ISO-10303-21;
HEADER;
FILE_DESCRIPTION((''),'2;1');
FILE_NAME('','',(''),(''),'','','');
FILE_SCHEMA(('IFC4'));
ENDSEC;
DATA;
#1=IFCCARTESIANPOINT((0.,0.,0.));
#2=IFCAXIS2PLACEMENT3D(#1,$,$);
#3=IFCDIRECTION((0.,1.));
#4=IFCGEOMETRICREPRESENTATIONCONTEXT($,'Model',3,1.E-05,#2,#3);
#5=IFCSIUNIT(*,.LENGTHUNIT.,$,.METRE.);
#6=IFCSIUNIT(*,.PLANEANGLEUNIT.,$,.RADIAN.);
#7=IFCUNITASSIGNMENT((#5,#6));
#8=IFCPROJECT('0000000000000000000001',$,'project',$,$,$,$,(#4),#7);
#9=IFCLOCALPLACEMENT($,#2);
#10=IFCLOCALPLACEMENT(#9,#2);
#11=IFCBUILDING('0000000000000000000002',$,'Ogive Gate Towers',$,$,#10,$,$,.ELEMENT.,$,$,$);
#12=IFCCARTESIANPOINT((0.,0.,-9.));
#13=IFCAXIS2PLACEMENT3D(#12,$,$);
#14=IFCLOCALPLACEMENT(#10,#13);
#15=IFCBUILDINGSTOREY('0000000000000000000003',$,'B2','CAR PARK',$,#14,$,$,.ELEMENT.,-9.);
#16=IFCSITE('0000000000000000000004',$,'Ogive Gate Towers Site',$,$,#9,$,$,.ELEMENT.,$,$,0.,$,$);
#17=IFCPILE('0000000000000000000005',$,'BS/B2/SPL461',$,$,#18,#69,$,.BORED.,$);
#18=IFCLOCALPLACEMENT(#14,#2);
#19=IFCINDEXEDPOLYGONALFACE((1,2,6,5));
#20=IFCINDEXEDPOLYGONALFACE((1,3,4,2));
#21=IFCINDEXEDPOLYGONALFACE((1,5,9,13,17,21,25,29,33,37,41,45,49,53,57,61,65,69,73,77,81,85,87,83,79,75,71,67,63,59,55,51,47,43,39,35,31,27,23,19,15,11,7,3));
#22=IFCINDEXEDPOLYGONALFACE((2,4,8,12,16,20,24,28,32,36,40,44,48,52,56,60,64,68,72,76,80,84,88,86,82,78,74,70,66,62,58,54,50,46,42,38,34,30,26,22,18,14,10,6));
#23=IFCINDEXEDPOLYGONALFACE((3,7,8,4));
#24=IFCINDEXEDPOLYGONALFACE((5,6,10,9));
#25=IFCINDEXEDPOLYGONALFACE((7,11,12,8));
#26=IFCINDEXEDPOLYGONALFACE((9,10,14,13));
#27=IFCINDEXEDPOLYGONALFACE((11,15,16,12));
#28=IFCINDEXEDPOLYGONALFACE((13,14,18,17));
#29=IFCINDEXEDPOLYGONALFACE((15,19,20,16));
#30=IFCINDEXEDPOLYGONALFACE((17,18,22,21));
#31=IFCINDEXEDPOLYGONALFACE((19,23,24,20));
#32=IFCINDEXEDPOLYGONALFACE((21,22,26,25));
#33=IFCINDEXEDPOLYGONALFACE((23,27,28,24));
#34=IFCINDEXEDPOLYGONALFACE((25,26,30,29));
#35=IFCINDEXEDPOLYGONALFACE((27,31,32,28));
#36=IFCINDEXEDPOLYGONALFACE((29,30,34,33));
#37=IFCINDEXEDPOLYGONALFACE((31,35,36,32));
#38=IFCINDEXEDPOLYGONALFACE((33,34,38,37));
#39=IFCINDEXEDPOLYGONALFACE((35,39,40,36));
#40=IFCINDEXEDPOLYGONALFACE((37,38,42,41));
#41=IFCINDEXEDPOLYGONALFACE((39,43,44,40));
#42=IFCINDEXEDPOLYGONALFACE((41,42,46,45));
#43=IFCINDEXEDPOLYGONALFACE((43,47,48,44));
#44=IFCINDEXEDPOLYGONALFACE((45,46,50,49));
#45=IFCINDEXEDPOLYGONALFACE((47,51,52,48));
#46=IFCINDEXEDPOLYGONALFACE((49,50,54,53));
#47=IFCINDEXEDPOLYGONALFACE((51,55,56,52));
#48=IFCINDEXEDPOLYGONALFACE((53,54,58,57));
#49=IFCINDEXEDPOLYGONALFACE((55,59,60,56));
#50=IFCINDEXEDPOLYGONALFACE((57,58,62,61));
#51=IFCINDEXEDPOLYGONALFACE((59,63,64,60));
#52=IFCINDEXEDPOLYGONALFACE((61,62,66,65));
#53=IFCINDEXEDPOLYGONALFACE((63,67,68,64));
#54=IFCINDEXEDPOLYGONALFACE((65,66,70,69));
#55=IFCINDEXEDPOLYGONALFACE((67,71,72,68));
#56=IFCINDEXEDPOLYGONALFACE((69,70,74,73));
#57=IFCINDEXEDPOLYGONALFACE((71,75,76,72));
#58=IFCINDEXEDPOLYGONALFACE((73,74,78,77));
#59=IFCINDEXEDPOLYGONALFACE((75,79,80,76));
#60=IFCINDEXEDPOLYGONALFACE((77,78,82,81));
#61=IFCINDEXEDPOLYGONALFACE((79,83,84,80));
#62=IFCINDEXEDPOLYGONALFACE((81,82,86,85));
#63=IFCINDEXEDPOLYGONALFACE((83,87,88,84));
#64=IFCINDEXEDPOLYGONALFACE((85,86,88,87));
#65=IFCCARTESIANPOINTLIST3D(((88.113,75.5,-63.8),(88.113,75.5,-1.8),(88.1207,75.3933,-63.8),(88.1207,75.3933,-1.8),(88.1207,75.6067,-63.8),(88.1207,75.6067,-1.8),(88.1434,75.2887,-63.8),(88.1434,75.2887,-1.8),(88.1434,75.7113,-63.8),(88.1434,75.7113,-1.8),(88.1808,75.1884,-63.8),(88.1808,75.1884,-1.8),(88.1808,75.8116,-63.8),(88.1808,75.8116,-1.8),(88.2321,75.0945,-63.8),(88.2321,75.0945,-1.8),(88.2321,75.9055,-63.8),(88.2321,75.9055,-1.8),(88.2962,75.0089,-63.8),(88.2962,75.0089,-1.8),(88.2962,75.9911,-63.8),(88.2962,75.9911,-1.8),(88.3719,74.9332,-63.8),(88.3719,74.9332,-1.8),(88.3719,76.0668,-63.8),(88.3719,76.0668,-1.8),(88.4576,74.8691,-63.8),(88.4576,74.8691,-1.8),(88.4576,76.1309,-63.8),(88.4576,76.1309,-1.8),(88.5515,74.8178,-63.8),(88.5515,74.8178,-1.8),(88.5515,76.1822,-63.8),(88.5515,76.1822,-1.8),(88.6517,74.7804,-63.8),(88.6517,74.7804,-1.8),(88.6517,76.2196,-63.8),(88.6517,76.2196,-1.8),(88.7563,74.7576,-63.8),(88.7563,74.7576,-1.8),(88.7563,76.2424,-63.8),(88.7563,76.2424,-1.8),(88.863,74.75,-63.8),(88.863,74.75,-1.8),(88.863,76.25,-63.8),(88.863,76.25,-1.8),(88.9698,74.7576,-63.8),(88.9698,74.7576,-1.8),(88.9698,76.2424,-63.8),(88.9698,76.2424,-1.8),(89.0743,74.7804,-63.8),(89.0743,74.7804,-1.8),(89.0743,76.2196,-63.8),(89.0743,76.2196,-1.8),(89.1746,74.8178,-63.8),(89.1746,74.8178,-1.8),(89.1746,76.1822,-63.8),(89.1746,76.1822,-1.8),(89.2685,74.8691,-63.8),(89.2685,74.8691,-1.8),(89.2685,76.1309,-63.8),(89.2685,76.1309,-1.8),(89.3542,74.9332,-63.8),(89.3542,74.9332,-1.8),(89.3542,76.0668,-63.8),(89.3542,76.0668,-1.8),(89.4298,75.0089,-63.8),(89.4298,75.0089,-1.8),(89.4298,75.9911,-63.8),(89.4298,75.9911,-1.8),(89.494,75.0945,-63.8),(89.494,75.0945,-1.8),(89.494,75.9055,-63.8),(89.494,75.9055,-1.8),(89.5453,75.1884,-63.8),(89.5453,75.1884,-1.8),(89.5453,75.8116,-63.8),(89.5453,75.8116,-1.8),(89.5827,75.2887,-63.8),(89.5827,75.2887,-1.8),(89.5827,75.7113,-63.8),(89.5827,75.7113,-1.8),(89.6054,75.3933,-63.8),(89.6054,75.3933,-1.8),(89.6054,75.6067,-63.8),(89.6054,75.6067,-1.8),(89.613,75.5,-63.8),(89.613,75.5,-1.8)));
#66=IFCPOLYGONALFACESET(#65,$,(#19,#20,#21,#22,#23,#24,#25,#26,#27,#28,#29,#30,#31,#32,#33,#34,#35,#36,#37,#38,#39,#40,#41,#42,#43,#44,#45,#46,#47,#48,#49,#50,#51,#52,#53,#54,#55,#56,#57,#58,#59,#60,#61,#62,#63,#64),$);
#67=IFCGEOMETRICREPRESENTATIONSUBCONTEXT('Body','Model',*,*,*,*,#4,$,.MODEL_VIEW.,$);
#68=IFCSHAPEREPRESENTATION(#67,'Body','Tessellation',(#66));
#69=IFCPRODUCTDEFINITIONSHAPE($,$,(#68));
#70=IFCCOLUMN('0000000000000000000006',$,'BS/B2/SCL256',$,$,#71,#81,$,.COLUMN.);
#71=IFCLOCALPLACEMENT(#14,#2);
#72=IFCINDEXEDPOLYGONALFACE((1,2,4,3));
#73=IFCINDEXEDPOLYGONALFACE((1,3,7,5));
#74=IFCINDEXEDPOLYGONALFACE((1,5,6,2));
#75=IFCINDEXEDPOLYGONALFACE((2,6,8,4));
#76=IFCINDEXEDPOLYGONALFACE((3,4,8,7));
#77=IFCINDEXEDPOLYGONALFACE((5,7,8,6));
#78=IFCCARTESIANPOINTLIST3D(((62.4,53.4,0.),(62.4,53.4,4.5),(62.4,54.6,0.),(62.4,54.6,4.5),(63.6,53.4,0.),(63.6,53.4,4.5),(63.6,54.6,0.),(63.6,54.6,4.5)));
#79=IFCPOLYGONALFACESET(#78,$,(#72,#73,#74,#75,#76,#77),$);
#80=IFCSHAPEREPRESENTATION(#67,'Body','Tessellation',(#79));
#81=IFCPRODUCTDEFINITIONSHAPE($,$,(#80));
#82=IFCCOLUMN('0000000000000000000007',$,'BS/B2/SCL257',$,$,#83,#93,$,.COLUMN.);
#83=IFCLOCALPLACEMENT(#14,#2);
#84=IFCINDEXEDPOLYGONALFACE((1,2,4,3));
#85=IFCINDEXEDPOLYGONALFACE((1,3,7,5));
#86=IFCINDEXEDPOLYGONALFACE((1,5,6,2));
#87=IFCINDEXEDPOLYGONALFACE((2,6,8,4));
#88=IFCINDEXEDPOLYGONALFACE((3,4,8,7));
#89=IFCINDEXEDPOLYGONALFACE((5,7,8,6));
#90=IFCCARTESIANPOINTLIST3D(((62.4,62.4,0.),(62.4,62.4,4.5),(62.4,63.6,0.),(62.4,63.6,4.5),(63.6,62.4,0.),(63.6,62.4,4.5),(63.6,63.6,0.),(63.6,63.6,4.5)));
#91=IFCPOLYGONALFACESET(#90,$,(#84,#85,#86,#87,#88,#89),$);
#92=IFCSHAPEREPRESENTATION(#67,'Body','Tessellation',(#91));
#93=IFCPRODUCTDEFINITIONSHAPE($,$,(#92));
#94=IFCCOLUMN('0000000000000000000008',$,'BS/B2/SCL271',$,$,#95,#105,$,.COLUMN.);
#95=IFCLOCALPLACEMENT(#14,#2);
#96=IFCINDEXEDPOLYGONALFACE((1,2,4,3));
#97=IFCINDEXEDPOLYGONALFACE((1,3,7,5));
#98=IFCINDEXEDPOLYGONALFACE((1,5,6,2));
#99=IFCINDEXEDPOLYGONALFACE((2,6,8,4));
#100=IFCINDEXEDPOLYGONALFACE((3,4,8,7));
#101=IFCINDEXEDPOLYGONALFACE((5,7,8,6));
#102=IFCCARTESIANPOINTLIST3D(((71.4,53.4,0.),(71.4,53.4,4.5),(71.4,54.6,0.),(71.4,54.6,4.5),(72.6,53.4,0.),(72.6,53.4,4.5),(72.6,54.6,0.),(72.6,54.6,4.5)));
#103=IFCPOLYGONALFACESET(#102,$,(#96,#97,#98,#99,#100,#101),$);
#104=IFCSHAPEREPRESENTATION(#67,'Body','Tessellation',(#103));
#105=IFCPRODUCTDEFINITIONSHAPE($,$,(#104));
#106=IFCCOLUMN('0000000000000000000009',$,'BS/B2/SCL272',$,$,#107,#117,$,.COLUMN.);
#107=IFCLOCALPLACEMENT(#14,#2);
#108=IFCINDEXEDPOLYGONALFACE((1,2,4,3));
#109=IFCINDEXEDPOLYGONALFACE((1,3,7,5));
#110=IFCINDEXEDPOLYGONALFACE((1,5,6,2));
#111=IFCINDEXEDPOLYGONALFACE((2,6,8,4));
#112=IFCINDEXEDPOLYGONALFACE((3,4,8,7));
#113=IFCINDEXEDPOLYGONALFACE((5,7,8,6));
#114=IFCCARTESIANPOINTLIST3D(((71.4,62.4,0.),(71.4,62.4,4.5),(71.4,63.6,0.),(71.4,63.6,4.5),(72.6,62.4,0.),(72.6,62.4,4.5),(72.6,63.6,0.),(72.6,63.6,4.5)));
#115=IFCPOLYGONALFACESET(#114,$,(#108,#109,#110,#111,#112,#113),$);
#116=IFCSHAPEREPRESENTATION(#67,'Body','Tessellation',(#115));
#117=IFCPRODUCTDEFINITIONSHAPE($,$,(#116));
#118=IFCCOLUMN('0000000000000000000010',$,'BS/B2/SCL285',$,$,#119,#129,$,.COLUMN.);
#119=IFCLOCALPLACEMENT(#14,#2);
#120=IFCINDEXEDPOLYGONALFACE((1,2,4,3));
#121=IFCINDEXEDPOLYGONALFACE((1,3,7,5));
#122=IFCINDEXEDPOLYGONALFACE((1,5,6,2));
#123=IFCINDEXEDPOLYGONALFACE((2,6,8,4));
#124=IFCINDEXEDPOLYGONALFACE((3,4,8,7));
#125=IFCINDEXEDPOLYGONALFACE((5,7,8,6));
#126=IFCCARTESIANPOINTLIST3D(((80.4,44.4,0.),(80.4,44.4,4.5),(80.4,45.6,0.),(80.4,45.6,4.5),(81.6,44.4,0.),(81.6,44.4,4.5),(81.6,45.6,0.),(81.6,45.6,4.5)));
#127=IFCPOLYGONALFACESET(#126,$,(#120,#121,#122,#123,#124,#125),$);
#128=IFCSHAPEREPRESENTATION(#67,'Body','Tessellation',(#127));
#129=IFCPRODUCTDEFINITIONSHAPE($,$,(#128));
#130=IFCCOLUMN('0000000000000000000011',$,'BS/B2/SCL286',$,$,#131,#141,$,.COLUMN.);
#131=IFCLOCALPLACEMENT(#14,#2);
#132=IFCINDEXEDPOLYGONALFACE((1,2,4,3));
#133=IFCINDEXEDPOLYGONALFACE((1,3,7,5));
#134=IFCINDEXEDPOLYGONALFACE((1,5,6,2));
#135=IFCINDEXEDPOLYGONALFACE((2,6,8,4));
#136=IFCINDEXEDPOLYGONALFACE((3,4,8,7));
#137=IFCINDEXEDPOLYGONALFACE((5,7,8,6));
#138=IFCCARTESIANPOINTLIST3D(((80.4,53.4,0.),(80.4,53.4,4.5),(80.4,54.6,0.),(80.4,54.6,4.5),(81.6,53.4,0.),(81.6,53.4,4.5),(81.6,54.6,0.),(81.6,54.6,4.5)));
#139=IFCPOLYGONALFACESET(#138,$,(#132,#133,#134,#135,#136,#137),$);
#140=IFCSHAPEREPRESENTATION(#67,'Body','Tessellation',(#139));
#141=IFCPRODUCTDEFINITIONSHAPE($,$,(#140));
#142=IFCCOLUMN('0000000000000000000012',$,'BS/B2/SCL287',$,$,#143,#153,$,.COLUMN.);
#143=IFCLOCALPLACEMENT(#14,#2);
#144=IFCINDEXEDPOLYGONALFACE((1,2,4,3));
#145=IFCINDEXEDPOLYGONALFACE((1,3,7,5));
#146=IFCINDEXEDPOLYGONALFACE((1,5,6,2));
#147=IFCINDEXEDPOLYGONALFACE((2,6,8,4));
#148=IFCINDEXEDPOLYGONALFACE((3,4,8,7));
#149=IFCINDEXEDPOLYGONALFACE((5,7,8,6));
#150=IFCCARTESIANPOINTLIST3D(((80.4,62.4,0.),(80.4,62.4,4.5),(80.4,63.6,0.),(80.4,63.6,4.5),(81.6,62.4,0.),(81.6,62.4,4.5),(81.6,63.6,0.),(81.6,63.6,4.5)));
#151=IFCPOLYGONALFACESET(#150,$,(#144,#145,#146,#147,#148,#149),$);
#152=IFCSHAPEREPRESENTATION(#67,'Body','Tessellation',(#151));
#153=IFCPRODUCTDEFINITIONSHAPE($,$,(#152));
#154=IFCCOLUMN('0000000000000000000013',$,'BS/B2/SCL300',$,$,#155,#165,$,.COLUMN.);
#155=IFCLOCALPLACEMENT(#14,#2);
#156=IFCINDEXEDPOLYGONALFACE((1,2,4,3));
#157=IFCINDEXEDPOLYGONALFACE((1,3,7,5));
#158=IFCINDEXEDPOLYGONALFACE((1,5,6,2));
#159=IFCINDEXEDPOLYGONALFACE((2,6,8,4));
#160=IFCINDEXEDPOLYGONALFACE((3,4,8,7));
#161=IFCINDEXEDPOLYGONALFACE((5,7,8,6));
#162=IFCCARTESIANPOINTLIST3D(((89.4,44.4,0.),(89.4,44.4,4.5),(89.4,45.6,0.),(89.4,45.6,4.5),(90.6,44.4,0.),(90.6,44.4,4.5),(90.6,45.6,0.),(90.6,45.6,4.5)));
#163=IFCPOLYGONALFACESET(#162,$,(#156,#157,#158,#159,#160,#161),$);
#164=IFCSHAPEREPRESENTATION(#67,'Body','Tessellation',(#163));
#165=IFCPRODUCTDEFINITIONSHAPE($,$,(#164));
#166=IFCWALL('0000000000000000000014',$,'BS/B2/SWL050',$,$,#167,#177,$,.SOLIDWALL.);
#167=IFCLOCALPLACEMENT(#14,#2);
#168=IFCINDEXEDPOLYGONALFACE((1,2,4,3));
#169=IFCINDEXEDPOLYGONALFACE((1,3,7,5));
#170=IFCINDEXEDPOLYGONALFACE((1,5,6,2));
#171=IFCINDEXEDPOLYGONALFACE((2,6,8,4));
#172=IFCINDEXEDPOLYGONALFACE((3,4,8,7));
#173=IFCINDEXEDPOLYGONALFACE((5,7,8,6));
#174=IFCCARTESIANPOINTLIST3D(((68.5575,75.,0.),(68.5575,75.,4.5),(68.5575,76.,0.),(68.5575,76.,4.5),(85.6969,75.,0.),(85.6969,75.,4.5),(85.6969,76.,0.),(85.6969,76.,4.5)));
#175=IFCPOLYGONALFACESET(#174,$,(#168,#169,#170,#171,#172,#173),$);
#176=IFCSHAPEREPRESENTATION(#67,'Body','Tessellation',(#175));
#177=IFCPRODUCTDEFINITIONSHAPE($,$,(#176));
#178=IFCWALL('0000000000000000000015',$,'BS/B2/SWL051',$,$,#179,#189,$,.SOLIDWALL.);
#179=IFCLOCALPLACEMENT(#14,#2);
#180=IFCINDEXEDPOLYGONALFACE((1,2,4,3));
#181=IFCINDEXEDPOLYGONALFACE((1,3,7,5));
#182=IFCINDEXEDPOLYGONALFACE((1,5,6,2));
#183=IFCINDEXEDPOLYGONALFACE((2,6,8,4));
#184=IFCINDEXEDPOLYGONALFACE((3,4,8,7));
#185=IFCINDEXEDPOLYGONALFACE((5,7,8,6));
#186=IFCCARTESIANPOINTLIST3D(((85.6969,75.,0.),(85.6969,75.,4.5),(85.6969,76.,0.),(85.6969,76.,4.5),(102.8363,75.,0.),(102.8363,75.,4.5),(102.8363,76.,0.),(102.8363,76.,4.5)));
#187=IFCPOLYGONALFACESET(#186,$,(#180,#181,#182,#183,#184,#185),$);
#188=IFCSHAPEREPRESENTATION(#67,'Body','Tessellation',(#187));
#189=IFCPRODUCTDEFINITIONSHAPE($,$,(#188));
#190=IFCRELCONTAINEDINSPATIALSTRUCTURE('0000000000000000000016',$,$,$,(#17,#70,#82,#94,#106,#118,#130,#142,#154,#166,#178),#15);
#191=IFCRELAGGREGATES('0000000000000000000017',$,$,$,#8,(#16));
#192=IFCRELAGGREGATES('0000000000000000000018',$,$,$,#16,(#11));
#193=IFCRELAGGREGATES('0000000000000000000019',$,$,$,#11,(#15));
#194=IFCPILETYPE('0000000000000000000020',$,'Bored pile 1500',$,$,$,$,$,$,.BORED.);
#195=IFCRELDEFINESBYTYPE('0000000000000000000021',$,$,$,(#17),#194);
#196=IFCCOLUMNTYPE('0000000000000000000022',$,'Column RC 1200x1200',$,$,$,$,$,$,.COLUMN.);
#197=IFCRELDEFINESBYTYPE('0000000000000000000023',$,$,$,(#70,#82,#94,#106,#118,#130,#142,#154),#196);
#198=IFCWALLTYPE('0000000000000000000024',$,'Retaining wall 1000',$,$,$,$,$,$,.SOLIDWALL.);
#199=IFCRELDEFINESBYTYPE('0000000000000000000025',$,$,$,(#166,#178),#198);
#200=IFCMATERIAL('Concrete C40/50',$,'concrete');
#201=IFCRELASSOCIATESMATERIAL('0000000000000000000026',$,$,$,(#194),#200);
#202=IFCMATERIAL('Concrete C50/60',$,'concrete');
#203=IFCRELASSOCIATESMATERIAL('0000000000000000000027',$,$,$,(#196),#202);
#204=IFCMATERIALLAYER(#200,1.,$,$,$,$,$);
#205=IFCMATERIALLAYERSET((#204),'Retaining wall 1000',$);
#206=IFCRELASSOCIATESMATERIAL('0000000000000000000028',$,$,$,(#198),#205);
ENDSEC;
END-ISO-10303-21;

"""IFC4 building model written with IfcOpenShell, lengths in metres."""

from ifc_helpers import new_model, si_unit, direction, frame, frame_2d, origin, origin_2d, place, context, subcontext, project, spatial, rectangle, circle, extrude, material, layer, layer_set, material_profile, profile_set, type_object, element, save


model = new_model("IFC4")

# Units and contexts
model_context = context("Model", 3, precision=1e-05, world=origin(), true_north=direction((0.0, 1.0)))
body_context = subcontext(model_context, "Body", "Model", "MODEL_VIEW")
ifc_project = project(units=[si_unit("LENGTHUNIT", "METRE"), si_unit("PLANEANGLEUNIT", "RADIAN")], contexts=[model_context])

# Site, building, storey
site_placement = place(None, origin())
site = spatial("IfcSite", under=ifc_project, at=site_placement, Name="Ogive Gate Towers Site", CompositionType="ELEMENT", RefElevation=0.0)
building_placement = place(site_placement, origin())
building = spatial("IfcBuilding", under=site, at=building_placement, Name="Ogive Gate Towers", CompositionType="ELEMENT")
storey_placement = place(building_placement, frame((0.0, 0.0, -9.0)))
storey = spatial("IfcBuildingStorey", under=building, at=storey_placement, Name="B2", Description="CAR PARK", CompositionType="ELEMENT", Elevation=-9.0)

# Pile
ifc_material_1 = material(Name="Concrete C40/50", Category="concrete")
ifc_material_profile_1 = material_profile(ifc_material_1, circle(Radius=0.75, at=origin_2d()), Name="BP 1500")
ifc_profile_set_1 = profile_set([ifc_material_profile_1], Name="Concrete C40/50")
pile_type = type_object("IfcPileType", Name="Bored pile 1500", PredefinedType="BORED", material=ifc_profile_set_1)
for number, where, z_axis, x_axis, name in (
    (1, (88.863, 75.5, -1.8), (0.0, 0.0, -1.0), (1.0, 0.0, 0.0), "BS/B2/SPL461"),
):
    element("IfcPile", number, at=place(storey_placement, frame(where, z_axis=z_axis, x_axis=x_axis)), inside=storey, type_object=pile_type, Name=name, PredefinedType="BORED", context=body_context, shape_type="SweptSolid", body=[
        extrude(circle(Radius=0.75, at=origin_2d()), origin(), (0.0, 0.0, 1.0), 62.0),
    ])

# Columns
ifc_material_2 = material(Name="Concrete C50/60", Category="concrete")
ifc_material_profile_2 = material_profile(ifc_material_2, rectangle(XDim=1.2, YDim=1.2, at=origin_2d()), Name="RC 1200x1200")
ifc_profile_set_2 = profile_set([ifc_material_profile_2], Name="Concrete C50/60")
column_type = type_object("IfcColumnType", Name="Column RC 1200x1200", PredefinedType="COLUMN", material=ifc_profile_set_2)
for number, where, z_axis, x_axis, name in (
    (2, (63.0, 54.0, 0.0), (0.0, 0.0, 1.0), (1.0, 0.0, 0.0), "BS/B2/SCL256"),
    (3, (63.0, 63.0, 0.0), (0.0, 0.0, 1.0), (1.0, 0.0, 0.0), "BS/B2/SCL257"),
    (4, (72.0, 54.0, 0.0), (0.0, 0.0, 1.0), (1.0, 0.0, 0.0), "BS/B2/SCL271"),
    (5, (72.0, 63.0, 0.0), (0.0, 0.0, 1.0), (1.0, 0.0, 0.0), "BS/B2/SCL272"),
    (6, (81.0, 45.0, 0.0), (0.0, 0.0, 1.0), (1.0, 0.0, 0.0), "BS/B2/SCL285"),
    (7, (81.0, 54.0, 0.0), (0.0, 0.0, 1.0), (1.0, 0.0, 0.0), "BS/B2/SCL286"),
    (8, (81.0, 63.0, 0.0), (0.0, 0.0, 1.0), (1.0, 0.0, 0.0), "BS/B2/SCL287"),
    (9, (90.0, 45.0, 0.0), (0.0, 0.0, 1.0), (1.0, 0.0, 0.0), "BS/B2/SCL300"),
):
    element("IfcColumn", number, at=place(storey_placement, frame(where, z_axis=z_axis, x_axis=x_axis)), inside=storey, type_object=column_type, Name=name, PredefinedType="COLUMN", context=body_context, shape_type="SweptSolid", body=[
        extrude(rectangle(XDim=1.2, YDim=1.2, at=origin_2d()), origin(), (0.0, 0.0, 1.0), 4.5),
    ])

# Walls
ifc_layer = layer(ifc_material_1, 1.0)
ifc_layer_set = layer_set([ifc_layer], Name="Retaining wall 1000")
wall_type = type_object("IfcWallType", Name="Retaining wall 1000", PredefinedType="SOLIDWALL", material=ifc_layer_set)
for number, where, z_axis, x_axis, name in (
    (10, (68.5574, 75.5, 0.0), (0.0, 0.0, 1.0), (1.0, 0.0, 0.0), "BS/B2/SWL050"),
    (11, (85.6968, 75.5, 0.0), (0.0, 0.0, 1.0), (1.0, 0.0, 0.0), "BS/B2/SWL051"),
):
    element("IfcWall", number, at=place(storey_placement, frame(where, z_axis=z_axis, x_axis=x_axis)), inside=storey, type_object=wall_type, Name=name, PredefinedType="SOLIDWALL", context=body_context, shape_type="SweptSolid", body=[
        extrude(rectangle(XDim=17.1394, YDim=1.0, at=frame_2d((8.5698, 0.0))), origin(), (0.0, 0.0, 1.0), 4.5),
    ])

save(model, "model.ifc")
